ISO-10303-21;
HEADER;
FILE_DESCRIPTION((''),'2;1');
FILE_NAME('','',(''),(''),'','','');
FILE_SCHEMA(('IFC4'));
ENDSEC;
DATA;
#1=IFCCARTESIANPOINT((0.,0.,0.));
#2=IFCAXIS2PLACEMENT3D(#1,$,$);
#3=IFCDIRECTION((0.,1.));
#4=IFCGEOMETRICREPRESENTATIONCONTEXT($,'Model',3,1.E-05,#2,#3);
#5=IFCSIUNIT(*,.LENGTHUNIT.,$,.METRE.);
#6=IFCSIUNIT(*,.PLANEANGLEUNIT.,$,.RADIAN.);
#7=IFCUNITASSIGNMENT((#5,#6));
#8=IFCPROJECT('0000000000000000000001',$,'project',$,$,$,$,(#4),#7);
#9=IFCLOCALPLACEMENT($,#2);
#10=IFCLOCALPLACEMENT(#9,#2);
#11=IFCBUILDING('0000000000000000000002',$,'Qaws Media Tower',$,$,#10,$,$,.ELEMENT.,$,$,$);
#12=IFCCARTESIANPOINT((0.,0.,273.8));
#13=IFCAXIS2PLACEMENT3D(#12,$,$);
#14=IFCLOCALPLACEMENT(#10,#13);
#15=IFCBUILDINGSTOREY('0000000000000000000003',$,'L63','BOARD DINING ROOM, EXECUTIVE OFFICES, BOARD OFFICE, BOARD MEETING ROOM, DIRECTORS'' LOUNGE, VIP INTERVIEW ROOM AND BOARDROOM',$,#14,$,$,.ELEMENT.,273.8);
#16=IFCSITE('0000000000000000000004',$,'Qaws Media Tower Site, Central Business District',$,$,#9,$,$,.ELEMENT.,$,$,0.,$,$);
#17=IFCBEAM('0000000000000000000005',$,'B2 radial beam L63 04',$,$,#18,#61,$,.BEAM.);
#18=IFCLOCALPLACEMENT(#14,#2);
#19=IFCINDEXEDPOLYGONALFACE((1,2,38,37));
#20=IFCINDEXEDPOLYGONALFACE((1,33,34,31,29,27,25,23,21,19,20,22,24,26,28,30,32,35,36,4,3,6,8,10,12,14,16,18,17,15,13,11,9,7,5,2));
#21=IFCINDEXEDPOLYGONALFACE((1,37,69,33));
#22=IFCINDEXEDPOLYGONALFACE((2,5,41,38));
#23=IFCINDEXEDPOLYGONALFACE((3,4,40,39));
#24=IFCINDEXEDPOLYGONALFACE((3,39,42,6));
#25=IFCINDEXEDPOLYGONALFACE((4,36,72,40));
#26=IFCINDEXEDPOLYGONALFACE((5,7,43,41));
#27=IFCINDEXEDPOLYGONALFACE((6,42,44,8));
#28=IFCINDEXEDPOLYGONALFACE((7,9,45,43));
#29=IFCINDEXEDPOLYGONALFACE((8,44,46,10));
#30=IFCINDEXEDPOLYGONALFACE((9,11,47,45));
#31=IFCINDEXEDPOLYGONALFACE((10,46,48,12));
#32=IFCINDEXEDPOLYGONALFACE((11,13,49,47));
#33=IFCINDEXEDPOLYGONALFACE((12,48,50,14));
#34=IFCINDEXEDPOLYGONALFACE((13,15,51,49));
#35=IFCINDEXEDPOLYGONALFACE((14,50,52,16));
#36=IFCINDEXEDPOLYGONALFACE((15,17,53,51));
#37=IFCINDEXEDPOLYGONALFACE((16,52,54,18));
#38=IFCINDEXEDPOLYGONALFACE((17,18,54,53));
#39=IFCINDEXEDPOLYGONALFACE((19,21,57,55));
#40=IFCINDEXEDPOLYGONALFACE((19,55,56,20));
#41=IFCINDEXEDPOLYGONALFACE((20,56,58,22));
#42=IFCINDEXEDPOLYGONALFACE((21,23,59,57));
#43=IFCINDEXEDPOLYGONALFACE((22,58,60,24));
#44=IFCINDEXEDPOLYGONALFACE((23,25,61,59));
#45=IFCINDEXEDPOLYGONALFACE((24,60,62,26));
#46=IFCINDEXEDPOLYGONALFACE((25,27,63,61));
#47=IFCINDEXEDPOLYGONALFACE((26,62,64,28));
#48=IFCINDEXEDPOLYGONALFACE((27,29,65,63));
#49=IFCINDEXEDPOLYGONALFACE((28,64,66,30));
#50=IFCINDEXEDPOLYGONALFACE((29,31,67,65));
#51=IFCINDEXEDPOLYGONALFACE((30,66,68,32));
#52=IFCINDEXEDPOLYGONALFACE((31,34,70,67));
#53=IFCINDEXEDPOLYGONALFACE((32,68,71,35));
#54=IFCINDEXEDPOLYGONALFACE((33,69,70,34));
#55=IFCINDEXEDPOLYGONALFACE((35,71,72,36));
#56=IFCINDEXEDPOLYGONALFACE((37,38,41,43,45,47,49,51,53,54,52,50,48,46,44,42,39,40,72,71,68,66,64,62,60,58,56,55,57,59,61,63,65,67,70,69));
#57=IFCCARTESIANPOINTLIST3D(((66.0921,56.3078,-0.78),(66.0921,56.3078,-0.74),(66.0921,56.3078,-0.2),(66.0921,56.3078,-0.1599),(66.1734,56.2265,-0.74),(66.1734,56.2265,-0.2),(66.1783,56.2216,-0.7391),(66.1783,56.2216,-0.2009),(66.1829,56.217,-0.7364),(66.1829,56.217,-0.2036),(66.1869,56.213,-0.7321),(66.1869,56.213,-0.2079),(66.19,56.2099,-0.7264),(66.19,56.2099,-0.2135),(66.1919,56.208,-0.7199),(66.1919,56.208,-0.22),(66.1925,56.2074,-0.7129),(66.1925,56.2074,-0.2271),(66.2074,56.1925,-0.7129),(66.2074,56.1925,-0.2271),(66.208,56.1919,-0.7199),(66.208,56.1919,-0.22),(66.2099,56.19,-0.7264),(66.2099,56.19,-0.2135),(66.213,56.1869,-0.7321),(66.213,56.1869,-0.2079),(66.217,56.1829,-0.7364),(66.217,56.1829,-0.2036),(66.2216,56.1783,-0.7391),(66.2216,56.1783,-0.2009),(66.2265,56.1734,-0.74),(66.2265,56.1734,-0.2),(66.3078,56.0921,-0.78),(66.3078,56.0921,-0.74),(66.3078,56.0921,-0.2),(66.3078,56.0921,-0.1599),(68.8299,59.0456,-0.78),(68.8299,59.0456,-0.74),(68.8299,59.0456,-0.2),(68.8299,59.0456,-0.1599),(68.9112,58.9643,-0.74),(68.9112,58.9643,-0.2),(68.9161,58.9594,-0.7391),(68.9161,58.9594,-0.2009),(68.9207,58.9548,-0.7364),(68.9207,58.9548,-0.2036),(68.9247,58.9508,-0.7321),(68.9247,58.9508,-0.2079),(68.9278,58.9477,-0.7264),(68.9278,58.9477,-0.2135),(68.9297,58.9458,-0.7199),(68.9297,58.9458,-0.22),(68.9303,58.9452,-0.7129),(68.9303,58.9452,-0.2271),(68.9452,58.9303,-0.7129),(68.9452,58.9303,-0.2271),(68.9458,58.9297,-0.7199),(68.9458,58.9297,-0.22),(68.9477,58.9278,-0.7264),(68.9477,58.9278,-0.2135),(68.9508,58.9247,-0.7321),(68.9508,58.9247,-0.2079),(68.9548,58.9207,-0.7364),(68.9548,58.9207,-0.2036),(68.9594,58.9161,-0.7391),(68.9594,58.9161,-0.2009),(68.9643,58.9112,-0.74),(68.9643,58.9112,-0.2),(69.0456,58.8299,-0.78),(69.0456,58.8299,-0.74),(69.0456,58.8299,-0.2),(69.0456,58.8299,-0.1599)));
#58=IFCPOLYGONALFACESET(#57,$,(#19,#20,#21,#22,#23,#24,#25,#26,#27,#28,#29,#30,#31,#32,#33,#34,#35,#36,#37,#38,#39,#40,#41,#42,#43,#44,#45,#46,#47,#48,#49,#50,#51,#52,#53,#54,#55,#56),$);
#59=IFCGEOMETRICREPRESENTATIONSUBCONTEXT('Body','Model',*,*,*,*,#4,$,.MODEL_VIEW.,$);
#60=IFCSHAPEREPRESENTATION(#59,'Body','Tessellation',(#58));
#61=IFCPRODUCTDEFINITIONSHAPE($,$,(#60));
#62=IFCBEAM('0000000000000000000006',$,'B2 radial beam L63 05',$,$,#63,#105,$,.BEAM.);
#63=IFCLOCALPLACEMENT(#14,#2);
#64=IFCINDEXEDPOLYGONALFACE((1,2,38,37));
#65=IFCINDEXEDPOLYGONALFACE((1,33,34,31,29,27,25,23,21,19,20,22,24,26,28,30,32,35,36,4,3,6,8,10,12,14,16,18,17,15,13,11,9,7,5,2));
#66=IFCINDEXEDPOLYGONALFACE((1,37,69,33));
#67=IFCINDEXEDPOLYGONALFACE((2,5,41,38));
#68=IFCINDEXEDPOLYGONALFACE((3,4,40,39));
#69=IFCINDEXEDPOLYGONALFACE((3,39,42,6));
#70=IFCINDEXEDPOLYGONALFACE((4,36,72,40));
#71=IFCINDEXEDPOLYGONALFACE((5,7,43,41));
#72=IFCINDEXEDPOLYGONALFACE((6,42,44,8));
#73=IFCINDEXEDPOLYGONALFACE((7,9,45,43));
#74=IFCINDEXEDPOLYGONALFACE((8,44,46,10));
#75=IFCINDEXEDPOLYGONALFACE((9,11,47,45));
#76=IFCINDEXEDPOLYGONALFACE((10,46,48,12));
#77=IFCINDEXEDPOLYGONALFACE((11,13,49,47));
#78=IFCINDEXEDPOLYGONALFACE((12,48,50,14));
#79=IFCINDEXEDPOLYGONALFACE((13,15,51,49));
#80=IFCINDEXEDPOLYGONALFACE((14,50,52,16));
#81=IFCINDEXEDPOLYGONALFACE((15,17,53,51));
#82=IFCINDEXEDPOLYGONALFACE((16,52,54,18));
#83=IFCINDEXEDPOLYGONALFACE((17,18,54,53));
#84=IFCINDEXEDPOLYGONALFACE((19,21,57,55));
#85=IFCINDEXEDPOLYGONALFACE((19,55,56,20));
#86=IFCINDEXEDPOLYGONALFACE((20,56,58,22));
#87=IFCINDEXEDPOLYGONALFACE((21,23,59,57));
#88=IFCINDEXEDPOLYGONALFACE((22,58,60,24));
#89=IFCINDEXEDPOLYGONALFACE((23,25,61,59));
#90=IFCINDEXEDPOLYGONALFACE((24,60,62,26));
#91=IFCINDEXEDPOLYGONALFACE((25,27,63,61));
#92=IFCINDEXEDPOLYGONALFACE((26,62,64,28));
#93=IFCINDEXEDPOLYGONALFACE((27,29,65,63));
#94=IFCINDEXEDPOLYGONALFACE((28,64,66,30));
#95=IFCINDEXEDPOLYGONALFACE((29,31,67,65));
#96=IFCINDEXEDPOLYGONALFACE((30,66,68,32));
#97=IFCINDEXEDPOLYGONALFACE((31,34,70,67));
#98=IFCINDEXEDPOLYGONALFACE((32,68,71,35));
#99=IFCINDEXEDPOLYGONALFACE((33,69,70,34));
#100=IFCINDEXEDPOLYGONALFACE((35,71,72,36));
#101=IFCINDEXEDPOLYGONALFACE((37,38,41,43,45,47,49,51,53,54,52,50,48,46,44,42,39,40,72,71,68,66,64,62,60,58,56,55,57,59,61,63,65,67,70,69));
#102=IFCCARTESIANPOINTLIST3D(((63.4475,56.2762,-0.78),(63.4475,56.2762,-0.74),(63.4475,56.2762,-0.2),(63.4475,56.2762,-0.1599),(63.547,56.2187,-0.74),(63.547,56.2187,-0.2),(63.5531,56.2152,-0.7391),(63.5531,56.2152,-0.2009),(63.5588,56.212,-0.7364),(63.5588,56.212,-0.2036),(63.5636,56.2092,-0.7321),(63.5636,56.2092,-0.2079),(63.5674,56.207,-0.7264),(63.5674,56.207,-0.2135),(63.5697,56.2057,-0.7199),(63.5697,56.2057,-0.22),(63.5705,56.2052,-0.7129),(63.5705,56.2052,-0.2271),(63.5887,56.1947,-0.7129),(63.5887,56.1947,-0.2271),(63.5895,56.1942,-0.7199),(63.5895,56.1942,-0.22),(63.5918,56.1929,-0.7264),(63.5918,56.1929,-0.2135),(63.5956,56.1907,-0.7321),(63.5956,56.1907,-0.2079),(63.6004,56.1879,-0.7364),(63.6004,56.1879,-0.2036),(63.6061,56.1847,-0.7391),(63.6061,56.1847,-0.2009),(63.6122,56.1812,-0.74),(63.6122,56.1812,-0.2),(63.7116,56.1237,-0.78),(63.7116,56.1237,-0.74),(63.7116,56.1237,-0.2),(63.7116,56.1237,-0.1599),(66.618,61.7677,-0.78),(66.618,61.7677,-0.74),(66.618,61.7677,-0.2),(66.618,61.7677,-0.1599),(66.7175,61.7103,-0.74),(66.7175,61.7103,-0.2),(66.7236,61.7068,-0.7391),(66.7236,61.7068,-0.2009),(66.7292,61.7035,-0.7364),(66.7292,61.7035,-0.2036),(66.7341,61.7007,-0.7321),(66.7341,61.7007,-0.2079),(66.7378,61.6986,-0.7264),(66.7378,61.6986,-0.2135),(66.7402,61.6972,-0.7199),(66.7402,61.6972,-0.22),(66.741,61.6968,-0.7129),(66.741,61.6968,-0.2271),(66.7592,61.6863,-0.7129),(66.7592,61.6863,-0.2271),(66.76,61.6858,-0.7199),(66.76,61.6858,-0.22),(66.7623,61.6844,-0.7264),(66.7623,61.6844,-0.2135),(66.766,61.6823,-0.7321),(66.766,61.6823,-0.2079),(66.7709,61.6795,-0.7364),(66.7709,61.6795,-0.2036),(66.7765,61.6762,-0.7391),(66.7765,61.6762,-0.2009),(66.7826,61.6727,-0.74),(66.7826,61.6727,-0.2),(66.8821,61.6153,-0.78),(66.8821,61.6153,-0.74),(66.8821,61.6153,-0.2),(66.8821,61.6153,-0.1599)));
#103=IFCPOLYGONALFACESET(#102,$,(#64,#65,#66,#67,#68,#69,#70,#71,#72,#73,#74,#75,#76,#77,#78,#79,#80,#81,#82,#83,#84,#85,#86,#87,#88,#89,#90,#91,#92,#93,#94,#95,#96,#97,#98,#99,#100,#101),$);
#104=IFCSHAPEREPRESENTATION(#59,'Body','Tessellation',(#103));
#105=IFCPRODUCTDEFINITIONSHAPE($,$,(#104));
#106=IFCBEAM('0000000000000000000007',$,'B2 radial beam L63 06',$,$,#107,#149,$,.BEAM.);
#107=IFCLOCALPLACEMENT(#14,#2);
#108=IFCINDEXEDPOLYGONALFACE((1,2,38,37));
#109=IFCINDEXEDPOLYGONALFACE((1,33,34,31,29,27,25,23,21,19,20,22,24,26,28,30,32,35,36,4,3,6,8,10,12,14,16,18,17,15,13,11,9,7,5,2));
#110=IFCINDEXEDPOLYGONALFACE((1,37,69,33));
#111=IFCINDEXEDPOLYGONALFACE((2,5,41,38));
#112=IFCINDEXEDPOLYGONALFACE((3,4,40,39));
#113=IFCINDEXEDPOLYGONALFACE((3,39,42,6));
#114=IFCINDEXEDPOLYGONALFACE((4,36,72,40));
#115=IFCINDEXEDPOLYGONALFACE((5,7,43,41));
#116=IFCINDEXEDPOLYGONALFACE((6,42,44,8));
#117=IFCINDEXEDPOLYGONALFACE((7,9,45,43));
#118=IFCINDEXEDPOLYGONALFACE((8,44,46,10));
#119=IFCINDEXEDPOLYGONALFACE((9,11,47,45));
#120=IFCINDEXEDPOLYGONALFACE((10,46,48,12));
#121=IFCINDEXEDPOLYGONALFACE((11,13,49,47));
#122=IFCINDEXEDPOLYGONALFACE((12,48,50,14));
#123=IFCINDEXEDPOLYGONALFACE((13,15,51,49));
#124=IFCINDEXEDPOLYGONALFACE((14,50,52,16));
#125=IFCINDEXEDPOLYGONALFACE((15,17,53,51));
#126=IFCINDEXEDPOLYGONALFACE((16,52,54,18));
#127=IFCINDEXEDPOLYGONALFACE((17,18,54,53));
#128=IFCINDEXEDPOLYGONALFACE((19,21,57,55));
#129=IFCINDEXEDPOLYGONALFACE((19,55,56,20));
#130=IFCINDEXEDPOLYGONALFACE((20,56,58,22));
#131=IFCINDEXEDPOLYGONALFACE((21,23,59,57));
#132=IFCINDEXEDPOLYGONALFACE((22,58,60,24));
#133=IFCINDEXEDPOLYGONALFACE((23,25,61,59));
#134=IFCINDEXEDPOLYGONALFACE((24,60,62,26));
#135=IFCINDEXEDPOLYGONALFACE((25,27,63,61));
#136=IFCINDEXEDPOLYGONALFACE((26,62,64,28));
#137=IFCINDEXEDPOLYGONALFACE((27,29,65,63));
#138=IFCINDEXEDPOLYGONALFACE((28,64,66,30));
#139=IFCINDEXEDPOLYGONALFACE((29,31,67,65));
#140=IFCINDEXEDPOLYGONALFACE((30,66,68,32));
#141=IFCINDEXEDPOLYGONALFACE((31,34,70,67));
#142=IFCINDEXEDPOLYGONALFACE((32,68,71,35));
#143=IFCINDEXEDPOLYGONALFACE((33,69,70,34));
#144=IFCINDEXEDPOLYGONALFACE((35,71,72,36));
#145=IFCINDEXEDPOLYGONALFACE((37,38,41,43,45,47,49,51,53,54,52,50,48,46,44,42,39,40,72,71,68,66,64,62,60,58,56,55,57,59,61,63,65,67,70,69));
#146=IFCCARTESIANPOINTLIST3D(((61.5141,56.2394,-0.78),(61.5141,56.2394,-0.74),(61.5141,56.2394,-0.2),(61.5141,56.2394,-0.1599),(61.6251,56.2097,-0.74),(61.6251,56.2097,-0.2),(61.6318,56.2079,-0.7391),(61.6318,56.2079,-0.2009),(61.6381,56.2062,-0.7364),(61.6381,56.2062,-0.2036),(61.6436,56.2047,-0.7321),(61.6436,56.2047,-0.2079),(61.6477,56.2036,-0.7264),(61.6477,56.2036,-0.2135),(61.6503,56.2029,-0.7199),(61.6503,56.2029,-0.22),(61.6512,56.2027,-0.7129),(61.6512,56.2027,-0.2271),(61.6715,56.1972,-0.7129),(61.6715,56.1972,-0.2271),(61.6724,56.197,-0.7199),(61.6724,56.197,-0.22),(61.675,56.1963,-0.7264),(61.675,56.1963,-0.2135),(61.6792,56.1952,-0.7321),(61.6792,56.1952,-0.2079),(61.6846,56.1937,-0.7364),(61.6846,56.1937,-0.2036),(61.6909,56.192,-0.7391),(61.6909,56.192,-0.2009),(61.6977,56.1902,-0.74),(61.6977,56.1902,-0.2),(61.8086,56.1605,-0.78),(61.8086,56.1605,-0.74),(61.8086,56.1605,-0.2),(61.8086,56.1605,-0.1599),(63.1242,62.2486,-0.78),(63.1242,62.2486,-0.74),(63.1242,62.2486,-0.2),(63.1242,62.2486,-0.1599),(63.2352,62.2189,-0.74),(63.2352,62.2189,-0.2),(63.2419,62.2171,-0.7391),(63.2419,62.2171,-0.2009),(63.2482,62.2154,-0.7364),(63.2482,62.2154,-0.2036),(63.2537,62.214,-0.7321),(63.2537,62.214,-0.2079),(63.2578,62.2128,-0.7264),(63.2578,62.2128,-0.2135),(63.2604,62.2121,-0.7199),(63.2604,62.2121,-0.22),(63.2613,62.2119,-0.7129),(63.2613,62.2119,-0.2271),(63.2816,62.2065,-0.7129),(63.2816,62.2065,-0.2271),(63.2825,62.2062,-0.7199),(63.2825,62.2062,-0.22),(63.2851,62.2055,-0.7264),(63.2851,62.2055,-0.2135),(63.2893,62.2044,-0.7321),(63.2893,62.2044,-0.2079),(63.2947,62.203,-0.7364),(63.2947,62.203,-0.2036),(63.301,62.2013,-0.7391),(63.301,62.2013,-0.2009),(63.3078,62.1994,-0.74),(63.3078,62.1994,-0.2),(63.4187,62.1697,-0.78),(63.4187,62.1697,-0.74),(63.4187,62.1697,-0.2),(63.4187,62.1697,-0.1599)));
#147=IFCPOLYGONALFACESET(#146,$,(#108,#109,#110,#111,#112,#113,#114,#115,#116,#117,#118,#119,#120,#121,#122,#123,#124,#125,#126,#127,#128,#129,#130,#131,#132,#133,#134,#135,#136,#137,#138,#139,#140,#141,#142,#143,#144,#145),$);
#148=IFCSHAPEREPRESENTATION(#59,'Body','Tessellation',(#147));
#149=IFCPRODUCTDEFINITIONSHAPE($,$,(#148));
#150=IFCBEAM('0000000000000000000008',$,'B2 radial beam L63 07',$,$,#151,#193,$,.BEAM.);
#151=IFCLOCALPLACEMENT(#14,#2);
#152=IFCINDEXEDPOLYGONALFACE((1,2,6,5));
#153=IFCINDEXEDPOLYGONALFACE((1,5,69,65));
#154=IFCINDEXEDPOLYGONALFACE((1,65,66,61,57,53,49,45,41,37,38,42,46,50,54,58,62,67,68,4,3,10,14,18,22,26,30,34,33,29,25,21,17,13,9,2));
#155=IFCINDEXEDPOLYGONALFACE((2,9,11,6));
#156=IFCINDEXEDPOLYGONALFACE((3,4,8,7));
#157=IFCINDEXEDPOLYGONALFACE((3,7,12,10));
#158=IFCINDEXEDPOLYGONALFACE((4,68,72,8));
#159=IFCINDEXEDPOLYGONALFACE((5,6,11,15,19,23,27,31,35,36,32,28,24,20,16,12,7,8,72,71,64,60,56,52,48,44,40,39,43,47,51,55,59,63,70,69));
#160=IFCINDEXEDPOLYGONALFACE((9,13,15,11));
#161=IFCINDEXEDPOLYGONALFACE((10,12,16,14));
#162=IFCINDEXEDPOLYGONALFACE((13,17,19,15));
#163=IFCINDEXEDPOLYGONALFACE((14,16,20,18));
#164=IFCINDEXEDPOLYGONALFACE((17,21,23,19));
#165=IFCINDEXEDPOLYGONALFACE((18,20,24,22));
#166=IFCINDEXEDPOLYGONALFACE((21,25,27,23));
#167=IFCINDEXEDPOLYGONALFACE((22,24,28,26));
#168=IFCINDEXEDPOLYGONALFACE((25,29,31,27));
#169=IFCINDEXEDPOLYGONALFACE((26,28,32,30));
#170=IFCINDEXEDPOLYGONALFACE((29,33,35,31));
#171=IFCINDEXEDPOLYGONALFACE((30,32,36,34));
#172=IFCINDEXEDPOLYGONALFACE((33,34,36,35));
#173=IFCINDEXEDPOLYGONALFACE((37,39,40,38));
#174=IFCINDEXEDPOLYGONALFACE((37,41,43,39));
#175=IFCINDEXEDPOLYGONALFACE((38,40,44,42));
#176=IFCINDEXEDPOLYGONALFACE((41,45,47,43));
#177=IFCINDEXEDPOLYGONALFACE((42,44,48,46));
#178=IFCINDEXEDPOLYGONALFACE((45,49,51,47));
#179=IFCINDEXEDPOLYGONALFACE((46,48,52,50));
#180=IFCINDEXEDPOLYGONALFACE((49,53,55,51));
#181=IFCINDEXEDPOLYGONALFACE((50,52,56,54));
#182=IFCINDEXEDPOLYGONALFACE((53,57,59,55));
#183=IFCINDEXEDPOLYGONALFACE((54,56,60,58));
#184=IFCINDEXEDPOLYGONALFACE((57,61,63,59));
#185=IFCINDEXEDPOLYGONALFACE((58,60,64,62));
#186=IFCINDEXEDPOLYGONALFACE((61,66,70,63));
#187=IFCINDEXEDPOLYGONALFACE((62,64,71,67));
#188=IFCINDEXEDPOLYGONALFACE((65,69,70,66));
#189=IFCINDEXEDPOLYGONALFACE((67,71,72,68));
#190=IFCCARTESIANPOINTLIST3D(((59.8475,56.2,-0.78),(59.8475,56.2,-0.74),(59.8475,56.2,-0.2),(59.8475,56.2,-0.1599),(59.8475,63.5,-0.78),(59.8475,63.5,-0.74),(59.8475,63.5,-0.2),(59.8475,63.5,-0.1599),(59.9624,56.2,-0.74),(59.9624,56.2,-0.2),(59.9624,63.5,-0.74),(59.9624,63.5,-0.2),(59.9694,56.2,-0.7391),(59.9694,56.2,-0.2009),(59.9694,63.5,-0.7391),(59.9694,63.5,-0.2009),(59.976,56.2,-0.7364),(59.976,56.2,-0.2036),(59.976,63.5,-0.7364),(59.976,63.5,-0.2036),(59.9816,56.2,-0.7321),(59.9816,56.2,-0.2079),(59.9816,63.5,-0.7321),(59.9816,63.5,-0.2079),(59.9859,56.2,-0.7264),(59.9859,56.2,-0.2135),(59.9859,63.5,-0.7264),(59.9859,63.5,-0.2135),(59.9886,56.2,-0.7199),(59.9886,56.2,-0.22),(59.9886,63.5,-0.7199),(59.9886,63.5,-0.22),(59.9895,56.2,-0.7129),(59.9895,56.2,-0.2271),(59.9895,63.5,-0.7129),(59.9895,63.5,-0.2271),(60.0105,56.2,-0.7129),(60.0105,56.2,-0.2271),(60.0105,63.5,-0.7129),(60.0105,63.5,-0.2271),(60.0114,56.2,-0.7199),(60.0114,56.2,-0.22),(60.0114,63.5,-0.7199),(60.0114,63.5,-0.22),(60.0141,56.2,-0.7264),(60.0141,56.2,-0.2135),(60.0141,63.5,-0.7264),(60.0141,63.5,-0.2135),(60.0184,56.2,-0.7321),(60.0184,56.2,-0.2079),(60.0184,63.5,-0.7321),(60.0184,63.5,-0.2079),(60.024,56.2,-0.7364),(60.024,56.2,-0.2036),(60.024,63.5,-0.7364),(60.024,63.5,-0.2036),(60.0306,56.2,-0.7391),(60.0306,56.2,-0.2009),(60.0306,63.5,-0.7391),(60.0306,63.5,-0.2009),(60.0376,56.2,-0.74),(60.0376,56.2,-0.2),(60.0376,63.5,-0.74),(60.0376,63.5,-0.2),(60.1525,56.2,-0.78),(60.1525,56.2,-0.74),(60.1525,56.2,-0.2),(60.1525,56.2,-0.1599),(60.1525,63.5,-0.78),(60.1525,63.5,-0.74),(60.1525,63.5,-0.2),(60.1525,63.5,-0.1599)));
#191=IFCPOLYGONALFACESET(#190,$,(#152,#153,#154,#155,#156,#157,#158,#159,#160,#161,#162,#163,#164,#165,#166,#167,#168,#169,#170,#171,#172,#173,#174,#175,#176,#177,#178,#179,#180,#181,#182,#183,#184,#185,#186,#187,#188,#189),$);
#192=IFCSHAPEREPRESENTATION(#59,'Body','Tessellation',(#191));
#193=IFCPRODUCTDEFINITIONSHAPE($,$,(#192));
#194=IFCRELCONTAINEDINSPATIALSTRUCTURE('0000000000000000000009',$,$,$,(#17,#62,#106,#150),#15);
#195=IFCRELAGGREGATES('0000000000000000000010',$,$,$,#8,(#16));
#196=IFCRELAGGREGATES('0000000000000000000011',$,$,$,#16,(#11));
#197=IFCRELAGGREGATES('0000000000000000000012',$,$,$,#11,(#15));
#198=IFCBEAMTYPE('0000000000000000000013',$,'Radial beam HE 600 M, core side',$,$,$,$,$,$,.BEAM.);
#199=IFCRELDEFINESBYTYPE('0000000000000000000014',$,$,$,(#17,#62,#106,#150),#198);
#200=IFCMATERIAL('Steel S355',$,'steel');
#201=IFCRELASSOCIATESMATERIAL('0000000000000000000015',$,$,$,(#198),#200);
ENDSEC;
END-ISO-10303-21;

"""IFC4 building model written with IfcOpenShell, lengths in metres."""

from ifc_helpers import new_model, si_unit, direction, frame, origin, origin_2d, place, context, subcontext, project, spatial, i_section, extrude, material, material_profile, profile_set, type_object, element, save


model = new_model("IFC4")

# Units and contexts
model_context = context("Model", 3, precision=1e-05, world=origin(), true_north=direction((0.0, 1.0)))
body_context = subcontext(model_context, "Body", "Model", "MODEL_VIEW")
ifc_project = project(units=[si_unit("LENGTHUNIT", "METRE"), si_unit("PLANEANGLEUNIT", "RADIAN")], contexts=[model_context])

# Site, building, storey
site_placement = place(None, origin())
site = spatial("IfcSite", under=ifc_project, at=site_placement, Name="Qaws Media Tower Site, Central Business District", CompositionType="ELEMENT", RefElevation=0.0)
building_placement = place(site_placement, origin())
building = spatial("IfcBuilding", under=site, at=building_placement, Name="Qaws Media Tower", CompositionType="ELEMENT")
storey_placement = place(building_placement, frame((0.0, 0.0, 273.8)))
storey = spatial("IfcBuildingStorey", under=building, at=storey_placement, Name="L63", Description="BOARD DINING ROOM, EXECUTIVE OFFICES, BOARD OFFICE, BOARD MEETING ROOM, DIRECTORS' LOUNGE, VIP INTERVIEW ROOM AND BOARDROOM", CompositionType="ELEMENT", Elevation=273.8)

# Beams
ifc_material_1 = material(Name="Steel S355", Category="steel")
ifc_material_profile = material_profile(ifc_material_1, i_section(OverallWidth=0.3049, OverallDepth=0.6201, WebThickness=0.021, FlangeThickness=0.04, FilletRadius=0.0271, at=origin_2d()), Name="HE 600 M")
ifc_profile_set = profile_set([ifc_material_profile], Name="Steel S355")
beam_type = type_object("IfcBeamType", Name="Radial beam HE 600 M, core side", PredefinedType="BEAM", material=ifc_profile_set)
beam_1_placement = place(storey_placement, frame((66.2, 56.2, -0.47), z_axis=(0.707107, 0.707107, 0.0), x_axis=(-0.707107, 0.707107, 0.0)))
element("IfcBeam", 1, at=beam_1_placement, inside=storey, type_object=beam_type, Name="B2 radial beam L63 04", PredefinedType="BEAM", context=body_context, shape_type="SweptSolid", body=[
    extrude(i_section(OverallWidth=0.3049, OverallDepth=0.6201, WebThickness=0.021, FlangeThickness=0.04, FilletRadius=0.0271, at=origin_2d()), origin(), (0.0, 0.0, 1.0), 3.8718),
])
beam_2_placement = place(storey_placement, frame((63.5796, 56.2, -0.47), z_axis=(0.49999, 0.866031, 0.0), x_axis=(-0.866031, 0.49999, 0.0)))
element("IfcBeam", 2, at=beam_2_placement, inside=storey, type_object=beam_type, Name="B2 radial beam L63 05", PredefinedType="BEAM", context=body_context, shape_type="SweptSolid", body=[
    extrude(i_section(OverallWidth=0.3049, OverallDepth=0.6201, WebThickness=0.021, FlangeThickness=0.04, FilletRadius=0.0271, at=origin_2d()), origin(), (0.0, 0.0, 1.0), 6.3411),
])
beam_3_placement = place(storey_placement, frame((61.6614, 56.2, -0.47), z_axis=(0.258808, 0.965929, 0.0), x_axis=(-0.965929, 0.258808, 0.0)))
element("IfcBeam", 3, at=beam_3_placement, inside=storey, type_object=beam_type, Name="B2 radial beam L63 06", PredefinedType="BEAM", context=body_context, shape_type="SweptSolid", body=[
    extrude(i_section(OverallWidth=0.3049, OverallDepth=0.6201, WebThickness=0.021, FlangeThickness=0.04, FilletRadius=0.0271, at=origin_2d()), origin(), (0.0, 0.0, 1.0), 6.2212),
])
beam_4_placement = place(storey_placement, frame((60.0, 56.2, -0.47), z_axis=(0.0, 1.0, 0.0), x_axis=(-1.0, 0.0, 0.0)))
element("IfcBeam", 4, at=beam_4_placement, inside=storey, type_object=beam_type, Name="B2 radial beam L63 07", PredefinedType="BEAM", context=body_context, shape_type="SweptSolid", body=[
    extrude(i_section(OverallWidth=0.3049, OverallDepth=0.6201, WebThickness=0.021, FlangeThickness=0.04, FilletRadius=0.0271, at=origin_2d()), origin(), (0.0, 0.0, 1.0), 7.3),
])

save(model, "model.ifc")
